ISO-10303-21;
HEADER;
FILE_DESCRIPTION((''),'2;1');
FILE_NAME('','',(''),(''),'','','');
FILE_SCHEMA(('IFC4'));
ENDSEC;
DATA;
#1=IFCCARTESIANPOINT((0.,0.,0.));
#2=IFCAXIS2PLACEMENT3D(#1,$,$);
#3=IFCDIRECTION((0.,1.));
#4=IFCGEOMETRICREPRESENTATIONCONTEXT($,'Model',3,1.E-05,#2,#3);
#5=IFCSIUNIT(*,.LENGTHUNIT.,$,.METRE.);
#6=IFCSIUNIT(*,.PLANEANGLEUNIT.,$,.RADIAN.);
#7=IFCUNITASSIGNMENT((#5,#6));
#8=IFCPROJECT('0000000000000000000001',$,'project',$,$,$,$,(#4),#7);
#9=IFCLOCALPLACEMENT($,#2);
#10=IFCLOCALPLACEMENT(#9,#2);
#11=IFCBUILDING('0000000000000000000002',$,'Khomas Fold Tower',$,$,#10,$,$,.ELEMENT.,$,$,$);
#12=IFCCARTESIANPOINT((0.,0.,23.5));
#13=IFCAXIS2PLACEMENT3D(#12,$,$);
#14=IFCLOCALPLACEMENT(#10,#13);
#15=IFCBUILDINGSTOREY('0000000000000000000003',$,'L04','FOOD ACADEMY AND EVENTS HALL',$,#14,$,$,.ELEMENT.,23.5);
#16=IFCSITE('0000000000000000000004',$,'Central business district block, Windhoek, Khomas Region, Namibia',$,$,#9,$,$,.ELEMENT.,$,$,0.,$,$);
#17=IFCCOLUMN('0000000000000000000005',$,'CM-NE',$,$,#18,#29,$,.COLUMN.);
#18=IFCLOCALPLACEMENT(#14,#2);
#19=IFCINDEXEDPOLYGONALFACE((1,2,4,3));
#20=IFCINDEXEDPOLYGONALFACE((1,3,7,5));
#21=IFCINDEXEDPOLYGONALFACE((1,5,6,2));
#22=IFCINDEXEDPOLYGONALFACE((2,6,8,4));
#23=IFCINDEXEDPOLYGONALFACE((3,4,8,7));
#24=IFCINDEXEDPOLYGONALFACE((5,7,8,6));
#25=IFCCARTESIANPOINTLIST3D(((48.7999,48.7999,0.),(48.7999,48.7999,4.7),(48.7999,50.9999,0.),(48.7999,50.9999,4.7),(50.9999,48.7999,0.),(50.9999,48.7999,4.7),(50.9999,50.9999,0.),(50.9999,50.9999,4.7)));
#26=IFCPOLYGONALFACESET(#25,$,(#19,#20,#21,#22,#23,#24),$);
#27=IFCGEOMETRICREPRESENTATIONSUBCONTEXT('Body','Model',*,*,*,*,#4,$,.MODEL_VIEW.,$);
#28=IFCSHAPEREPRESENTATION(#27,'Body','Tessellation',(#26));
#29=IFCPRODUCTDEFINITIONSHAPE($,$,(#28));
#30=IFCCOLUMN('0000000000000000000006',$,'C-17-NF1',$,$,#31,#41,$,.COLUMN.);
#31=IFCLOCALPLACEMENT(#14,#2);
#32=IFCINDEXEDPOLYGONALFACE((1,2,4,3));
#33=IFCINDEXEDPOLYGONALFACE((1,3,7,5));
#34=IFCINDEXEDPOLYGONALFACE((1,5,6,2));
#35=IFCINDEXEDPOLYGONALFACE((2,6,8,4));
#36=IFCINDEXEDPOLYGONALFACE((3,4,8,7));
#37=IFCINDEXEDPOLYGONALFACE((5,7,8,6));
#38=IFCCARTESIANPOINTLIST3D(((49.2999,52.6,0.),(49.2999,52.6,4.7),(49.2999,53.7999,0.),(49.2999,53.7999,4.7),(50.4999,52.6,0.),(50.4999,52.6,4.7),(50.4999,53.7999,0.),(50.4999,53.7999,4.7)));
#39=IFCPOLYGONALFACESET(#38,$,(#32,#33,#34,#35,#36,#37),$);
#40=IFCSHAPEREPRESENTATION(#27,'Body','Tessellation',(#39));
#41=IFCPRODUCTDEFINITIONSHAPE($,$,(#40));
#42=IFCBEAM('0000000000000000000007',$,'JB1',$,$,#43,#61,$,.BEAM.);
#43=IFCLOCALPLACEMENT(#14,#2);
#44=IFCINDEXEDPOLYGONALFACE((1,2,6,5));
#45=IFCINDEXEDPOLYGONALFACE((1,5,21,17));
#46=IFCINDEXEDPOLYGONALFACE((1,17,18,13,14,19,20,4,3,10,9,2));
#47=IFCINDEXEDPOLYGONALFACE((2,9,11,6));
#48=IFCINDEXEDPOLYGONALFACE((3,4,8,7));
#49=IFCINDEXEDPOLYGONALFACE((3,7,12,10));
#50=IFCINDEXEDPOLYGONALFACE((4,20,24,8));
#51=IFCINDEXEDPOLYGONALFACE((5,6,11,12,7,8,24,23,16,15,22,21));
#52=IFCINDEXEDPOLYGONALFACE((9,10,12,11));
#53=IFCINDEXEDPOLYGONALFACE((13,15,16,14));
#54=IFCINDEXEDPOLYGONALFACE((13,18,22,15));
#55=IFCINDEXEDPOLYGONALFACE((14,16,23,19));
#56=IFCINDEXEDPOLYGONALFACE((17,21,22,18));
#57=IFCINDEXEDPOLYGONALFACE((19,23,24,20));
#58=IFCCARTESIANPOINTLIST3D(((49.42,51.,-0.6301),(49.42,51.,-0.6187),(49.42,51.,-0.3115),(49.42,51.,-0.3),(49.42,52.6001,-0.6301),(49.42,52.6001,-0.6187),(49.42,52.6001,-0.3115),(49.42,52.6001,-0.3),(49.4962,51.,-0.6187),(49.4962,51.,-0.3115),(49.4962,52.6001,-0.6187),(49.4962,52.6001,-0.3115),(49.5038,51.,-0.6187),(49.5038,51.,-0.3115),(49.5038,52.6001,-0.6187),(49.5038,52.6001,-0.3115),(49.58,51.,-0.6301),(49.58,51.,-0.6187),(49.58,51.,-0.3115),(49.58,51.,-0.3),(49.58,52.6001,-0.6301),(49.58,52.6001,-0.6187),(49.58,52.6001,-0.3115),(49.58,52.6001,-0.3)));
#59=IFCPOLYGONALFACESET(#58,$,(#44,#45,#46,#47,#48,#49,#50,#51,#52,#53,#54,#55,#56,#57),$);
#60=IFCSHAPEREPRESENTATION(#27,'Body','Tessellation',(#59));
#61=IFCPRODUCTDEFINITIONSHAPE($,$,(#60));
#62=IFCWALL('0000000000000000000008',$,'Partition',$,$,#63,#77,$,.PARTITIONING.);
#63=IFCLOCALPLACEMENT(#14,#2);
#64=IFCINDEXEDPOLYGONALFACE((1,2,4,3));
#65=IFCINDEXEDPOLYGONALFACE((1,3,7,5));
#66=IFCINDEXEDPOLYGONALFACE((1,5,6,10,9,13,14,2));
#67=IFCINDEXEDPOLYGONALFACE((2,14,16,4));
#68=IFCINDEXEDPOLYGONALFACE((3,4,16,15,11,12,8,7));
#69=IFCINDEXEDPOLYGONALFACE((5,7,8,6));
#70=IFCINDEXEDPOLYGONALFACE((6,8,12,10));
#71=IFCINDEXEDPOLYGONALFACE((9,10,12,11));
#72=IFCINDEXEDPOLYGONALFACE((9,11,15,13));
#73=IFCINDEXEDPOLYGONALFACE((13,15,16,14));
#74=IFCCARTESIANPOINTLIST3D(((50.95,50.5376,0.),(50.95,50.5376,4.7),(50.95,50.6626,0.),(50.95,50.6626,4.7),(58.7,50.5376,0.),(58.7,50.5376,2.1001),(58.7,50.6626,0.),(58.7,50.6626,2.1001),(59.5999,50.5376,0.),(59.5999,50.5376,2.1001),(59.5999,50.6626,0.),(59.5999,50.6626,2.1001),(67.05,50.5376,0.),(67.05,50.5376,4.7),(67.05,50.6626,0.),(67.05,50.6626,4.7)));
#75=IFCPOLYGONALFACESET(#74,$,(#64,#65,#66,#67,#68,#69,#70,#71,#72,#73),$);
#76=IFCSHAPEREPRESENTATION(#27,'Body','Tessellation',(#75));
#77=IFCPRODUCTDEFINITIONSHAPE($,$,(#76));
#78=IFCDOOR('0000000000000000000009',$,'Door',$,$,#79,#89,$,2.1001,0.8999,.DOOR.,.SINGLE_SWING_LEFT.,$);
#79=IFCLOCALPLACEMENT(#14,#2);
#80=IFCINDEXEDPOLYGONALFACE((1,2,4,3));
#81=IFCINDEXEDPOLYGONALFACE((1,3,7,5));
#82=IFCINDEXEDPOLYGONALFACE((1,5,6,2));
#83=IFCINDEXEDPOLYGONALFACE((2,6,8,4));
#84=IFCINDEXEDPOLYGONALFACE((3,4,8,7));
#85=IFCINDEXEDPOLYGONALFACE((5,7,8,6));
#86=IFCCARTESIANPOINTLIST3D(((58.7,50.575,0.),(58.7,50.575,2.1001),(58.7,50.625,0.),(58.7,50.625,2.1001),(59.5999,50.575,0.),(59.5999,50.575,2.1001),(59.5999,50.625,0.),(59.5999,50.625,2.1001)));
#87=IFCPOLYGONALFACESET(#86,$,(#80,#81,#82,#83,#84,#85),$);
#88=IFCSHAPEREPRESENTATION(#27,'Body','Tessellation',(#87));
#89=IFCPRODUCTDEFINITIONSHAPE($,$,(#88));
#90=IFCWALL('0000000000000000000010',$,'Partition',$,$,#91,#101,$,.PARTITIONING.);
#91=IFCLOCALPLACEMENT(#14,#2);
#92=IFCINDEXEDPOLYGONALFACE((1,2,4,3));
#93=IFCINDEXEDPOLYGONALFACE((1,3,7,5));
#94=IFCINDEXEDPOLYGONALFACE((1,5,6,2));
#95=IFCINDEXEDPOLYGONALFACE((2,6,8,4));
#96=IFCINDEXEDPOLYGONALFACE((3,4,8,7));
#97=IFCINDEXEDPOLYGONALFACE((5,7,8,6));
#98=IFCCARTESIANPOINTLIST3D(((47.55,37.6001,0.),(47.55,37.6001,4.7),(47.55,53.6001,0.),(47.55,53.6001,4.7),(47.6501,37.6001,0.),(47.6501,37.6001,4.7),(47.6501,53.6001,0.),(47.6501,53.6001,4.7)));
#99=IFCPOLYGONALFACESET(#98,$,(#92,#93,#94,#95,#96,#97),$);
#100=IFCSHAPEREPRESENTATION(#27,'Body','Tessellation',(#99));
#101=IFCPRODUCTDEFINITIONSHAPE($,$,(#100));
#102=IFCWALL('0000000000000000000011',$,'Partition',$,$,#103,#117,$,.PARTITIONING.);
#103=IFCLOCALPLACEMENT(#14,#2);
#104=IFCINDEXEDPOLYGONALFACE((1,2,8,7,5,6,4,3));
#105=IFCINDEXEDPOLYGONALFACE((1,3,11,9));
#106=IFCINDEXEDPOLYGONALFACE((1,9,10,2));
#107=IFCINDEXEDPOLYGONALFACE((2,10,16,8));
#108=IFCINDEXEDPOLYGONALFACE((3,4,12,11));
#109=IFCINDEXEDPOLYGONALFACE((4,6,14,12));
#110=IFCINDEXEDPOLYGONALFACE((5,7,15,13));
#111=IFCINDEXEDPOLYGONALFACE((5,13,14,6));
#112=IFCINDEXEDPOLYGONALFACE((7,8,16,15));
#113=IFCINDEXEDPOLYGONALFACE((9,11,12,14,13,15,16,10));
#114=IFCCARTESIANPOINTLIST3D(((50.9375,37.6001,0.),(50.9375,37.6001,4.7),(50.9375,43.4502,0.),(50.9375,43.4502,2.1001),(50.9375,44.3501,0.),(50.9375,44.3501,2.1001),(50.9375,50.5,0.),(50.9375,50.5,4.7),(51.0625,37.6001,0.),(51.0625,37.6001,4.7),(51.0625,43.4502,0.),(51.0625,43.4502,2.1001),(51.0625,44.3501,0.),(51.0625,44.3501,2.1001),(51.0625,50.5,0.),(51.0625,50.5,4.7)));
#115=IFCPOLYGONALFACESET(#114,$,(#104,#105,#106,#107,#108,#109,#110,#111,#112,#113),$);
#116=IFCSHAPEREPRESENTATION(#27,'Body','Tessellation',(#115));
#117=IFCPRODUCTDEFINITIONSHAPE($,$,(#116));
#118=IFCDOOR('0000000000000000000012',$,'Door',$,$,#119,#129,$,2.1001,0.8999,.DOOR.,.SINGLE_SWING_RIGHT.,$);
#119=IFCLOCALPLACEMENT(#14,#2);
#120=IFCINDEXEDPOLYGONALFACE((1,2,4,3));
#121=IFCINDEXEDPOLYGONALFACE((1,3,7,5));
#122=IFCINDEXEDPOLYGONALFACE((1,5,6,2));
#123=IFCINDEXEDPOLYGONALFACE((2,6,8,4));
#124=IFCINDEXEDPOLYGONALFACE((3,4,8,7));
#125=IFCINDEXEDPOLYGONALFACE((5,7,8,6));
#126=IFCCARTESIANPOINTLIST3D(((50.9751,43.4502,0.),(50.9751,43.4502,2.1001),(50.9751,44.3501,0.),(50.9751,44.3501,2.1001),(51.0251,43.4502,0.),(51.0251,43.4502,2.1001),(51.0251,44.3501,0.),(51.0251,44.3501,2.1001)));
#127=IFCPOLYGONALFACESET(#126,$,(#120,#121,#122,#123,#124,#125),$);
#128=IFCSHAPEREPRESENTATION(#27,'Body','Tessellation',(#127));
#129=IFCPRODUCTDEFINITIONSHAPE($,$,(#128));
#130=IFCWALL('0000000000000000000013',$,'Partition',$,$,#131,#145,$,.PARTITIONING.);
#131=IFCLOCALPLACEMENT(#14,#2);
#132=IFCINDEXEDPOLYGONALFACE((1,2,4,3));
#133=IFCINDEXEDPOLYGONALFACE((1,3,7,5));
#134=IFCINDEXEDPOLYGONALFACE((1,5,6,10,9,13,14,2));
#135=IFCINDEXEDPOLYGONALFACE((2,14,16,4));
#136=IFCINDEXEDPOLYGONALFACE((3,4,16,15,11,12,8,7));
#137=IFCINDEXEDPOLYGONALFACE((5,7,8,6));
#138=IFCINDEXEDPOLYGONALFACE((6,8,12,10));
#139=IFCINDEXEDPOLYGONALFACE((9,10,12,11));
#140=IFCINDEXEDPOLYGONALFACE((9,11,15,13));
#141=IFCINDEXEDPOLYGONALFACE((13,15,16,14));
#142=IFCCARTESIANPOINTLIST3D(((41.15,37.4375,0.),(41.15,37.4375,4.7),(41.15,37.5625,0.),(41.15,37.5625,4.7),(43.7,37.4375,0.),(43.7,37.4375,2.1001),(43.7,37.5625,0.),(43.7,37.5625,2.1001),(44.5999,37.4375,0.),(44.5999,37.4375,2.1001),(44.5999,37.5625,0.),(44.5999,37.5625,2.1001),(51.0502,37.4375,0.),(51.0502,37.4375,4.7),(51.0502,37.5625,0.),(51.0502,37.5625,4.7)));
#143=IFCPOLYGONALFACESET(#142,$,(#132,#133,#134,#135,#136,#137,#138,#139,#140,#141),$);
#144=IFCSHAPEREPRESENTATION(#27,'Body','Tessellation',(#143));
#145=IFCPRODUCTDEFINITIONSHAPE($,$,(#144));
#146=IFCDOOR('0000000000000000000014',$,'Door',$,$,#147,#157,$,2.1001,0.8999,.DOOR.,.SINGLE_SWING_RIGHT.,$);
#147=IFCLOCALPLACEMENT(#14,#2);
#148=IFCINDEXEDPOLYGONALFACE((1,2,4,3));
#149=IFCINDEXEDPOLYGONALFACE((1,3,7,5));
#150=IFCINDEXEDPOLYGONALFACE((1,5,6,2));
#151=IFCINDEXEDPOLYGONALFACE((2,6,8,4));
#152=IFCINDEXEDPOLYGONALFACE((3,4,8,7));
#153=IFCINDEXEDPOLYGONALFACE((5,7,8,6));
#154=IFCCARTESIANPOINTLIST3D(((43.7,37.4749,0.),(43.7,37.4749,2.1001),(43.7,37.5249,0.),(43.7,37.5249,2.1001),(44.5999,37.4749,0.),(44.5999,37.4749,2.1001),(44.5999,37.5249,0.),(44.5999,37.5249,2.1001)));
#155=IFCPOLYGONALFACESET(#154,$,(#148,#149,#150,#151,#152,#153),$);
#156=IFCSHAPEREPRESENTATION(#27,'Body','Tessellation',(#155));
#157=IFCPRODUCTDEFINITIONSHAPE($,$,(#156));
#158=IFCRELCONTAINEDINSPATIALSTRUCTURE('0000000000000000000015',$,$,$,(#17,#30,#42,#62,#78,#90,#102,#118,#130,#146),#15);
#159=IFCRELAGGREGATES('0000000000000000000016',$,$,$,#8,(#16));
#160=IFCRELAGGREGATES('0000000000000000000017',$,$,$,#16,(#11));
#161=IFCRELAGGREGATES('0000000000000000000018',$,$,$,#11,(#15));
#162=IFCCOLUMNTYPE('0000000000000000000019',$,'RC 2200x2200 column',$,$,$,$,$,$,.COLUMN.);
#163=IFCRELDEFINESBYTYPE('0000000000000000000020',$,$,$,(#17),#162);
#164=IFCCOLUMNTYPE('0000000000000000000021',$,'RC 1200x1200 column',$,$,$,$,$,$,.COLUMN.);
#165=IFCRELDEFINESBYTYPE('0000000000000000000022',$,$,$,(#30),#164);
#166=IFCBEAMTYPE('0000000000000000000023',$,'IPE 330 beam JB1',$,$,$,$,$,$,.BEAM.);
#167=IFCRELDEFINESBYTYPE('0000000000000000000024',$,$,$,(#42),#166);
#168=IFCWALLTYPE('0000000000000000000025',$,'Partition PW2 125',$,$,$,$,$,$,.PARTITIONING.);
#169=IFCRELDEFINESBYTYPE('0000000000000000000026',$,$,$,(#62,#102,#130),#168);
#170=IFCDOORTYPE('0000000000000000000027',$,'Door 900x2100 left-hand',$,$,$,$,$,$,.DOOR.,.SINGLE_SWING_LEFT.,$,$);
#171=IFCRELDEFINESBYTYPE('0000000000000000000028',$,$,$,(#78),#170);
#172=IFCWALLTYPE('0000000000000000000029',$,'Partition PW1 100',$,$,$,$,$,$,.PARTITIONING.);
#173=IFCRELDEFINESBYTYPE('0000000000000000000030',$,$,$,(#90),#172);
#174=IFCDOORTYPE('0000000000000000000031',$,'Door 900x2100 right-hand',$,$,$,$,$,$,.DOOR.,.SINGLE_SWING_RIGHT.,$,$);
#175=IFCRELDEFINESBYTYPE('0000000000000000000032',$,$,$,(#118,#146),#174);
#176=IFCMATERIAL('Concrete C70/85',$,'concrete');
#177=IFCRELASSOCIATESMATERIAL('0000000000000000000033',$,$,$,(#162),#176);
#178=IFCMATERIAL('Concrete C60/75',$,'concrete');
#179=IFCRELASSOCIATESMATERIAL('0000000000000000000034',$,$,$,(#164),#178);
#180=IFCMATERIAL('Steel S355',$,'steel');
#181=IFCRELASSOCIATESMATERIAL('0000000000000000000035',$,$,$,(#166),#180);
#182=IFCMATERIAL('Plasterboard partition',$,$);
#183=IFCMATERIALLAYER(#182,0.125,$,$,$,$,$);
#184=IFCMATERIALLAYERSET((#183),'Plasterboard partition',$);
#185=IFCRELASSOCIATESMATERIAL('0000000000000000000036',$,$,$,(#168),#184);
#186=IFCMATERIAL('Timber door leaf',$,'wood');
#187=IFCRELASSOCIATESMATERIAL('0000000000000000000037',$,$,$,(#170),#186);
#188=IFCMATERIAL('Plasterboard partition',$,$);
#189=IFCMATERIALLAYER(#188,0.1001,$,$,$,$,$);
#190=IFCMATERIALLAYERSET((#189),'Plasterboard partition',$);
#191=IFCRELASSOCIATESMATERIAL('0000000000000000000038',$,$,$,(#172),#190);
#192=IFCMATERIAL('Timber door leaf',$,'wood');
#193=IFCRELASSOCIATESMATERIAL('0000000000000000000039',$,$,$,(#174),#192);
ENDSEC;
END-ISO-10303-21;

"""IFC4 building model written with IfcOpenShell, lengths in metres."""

from ifc_helpers import new_model, si_unit, direction, frame, frame_2d, origin, origin_2d, place, context, subcontext, project, spatial, rectangle, i_section, extrude, source, transform, mapped, material, layer, layer_set, material_profile, profile_set, type_object, element, fill, save


model = new_model("IFC4")

# Units and contexts
model_context = context("Model", 3, precision=1e-05, world=origin(), true_north=direction((0.0, 1.0)))
body_context = subcontext(model_context, "Body", "Model", "MODEL_VIEW")
ifc_project = project(units=[si_unit("LENGTHUNIT", "METRE"), si_unit("PLANEANGLEUNIT", "RADIAN")], contexts=[model_context])

# Site, building, storey
site_placement = place(None, origin())
site = spatial("IfcSite", under=ifc_project, at=site_placement, Name="Central business district block, Windhoek, Khomas Region, Namibia", CompositionType="ELEMENT", RefElevation=0.0)
building_placement = place(site_placement, origin())
building = spatial("IfcBuilding", under=site, at=building_placement, Name="Khomas Fold Tower", CompositionType="ELEMENT")
storey_placement = place(building_placement, frame((0.0, 0.0, 23.5)))
storey = spatial("IfcBuildingStorey", under=building, at=storey_placement, Name="L04", Description="FOOD ACADEMY AND EVENTS HALL", CompositionType="ELEMENT", Elevation=23.5)

# Columns
ifc_material_1 = material(Name="Concrete C70/85", Category="concrete")
ifc_material_profile_1 = material_profile(ifc_material_1, rectangle(XDim=2.2, YDim=2.2, at=origin_2d()), Name="RC 2200x2200")
ifc_profile_set_1 = profile_set([ifc_material_profile_1], Name="Concrete C70/85")
column_type_1 = type_object("IfcColumnType", Name="RC 2200x2200 column", PredefinedType="COLUMN", material=ifc_profile_set_1)
shared_shape_1 = source(origin(), body_context, "Body", "SweptSolid", [
    extrude(rectangle(XDim=2.2, YDim=2.2, at=origin_2d()), origin(), (0.0, 0.0, 1.0), 4.7),
])
column_1_placement = place(storey_placement, frame((49.8999, 49.8999, 0.0), z_axis=(0.0, 0.0, 1.0), x_axis=(1.0, 0.0, 0.0)))
element("IfcColumn", 1, at=column_1_placement, inside=storey, type_object=column_type_1, Name="CM-NE", PredefinedType="COLUMN", context=body_context, shape_type="MappedRepresentation", body=[
    mapped(shared_shape_1, transform((0.0, 0.0, 0.0))),
])
ifc_material_2 = material(Name="Concrete C60/75", Category="concrete")
ifc_material_profile_2 = material_profile(ifc_material_2, rectangle(XDim=1.2, YDim=1.2, at=origin_2d()), Name="RC 1200x1200")
ifc_profile_set_2 = profile_set([ifc_material_profile_2], Name="Concrete C60/75")
column_type_2 = type_object("IfcColumnType", Name="RC 1200x1200 column", PredefinedType="COLUMN", material=ifc_profile_set_2)
shared_shape_2 = source(origin(), body_context, "Body", "SweptSolid", [
    extrude(rectangle(XDim=1.2, YDim=1.2, at=origin_2d()), origin(), (0.0, 0.0, 1.0), 4.7),
])
column_2_placement = place(storey_placement, frame((49.8999, 53.2, 0.0), z_axis=(0.0, 0.0, 1.0), x_axis=(1.0, 0.0, 0.0)))
element("IfcColumn", 2, at=column_2_placement, inside=storey, type_object=column_type_2, Name="C-17-NF1", PredefinedType="COLUMN", context=body_context, shape_type="MappedRepresentation", body=[
    mapped(shared_shape_2, transform((0.0, 0.0, 0.0))),
])

# Beam
ifc_material_3 = material(Name="Steel S355", Category="steel")
ifc_material_profile_3 = material_profile(ifc_material_3, i_section(OverallWidth=0.1599, OverallDepth=0.3301, WebThickness=0.0076, FlangeThickness=0.0115, at=origin_2d()), Name="IPE 330")
ifc_profile_set_3 = profile_set([ifc_material_profile_3], Name="Steel S355")
beam_type = type_object("IfcBeamType", Name="IPE 330 beam JB1", PredefinedType="BEAM", material=ifc_profile_set_3)
shared_shape_3 = source(origin(), body_context, "Body", "SweptSolid", [
    extrude(i_section(OverallWidth=0.1599, OverallDepth=0.3301, WebThickness=0.0076, FlangeThickness=0.0115, at=origin_2d()), origin(), (0.0, 0.0, 1.0), 1.6001),
])
beam_placement = place(storey_placement, frame((49.5, 51.0, -0.4651), z_axis=(0.0, 1.0, 0.0), x_axis=(-1.0, 0.0, 0.0)))
element("IfcBeam", 3, at=beam_placement, inside=storey, type_object=beam_type, Name="JB1", PredefinedType="BEAM", context=body_context, shape_type="MappedRepresentation", body=[
    mapped(shared_shape_3, transform((0.0, 0.0, 0.0))),
])

# Wall, opening, door
ifc_material_4 = material(Name="Plasterboard partition")
ifc_layer_1 = layer(ifc_material_4, 0.125)
ifc_layer_set_1 = layer_set([ifc_layer_1], Name="Plasterboard partition")
wall_type_1 = type_object("IfcWallType", Name="Partition PW2 125", PredefinedType="PARTITIONING", material=ifc_layer_set_1)
shared_shape_4 = source(origin(), body_context, "Body", "SweptSolid", [
    extrude(rectangle(XDim=16.1001, YDim=0.125, at=frame_2d((8.05, 0.0))), origin(), (0.0, 0.0, 1.0), 4.7),
])
wall_1_placement = place(storey_placement, frame((50.95, 50.6001, 0.0), z_axis=(0.0, 0.0, 1.0), x_axis=(1.0, 0.0, 0.0)))
wall_1 = element("IfcWall", 4, at=wall_1_placement, inside=storey, type_object=wall_type_1, Name="Partition", PredefinedType="PARTITIONING", context=body_context, shape_type="MappedRepresentation", body=[
    mapped(shared_shape_4, transform((0.0, 0.0, 0.0))),
])
shared_shape_5 = source(origin(), body_context, "Body", "SweptSolid", [
    extrude(rectangle(XDim=0.8999, YDim=2.1001, at=frame_2d((0.45, 1.05))), frame((0.0, 0.0725, 0.0), z_axis=(0.0, -1.0, 0.0), x_axis=(1.0, 0.0, 0.0)), (0.0, 0.0, 1.0), 0.145),
])
opening_1_placement = place(wall_1_placement, frame((7.75, 0.0, 0.0)))
opening_1 = element("IfcOpeningElement", 5, at=opening_1_placement, cuts=wall_1, PredefinedType="OPENING", context=body_context, shape_type="MappedRepresentation", body=[
    mapped(shared_shape_5, transform((0.0, 0.0, 0.0))),
])
ifc_material_5 = material(Name="Timber door leaf", Category="wood")
door_type_1 = type_object("IfcDoorType", Name="Door 900x2100 left-hand", OperationType="SINGLE_SWING_LEFT", PredefinedType="DOOR", material=ifc_material_5)
shared_shape_6 = source(origin(), body_context, "Body", "SweptSolid", [
    extrude(rectangle(XDim=0.8999, YDim=2.1001, at=frame_2d((0.45, 1.05))), frame((0.0, 0.0249, 0.0), z_axis=(0.0, -1.0, 0.0), x_axis=(1.0, 0.0, 0.0)), (0.0, 0.0, 1.0), 0.05),
])
door_1_placement = place(opening_1_placement, origin())
door_1 = element("IfcDoor", 6, at=door_1_placement, inside=storey, type_object=door_type_1, Name="Door", OperationType="SINGLE_SWING_LEFT", OverallHeight=2.1001, OverallWidth=0.8999, PredefinedType="DOOR", context=body_context, shape_type="MappedRepresentation", body=[
    mapped(shared_shape_6, transform((0.0, 0.0, 0.0))),
])
fill(opening_1, door_1)

# Wall
ifc_material_6 = material(Name="Plasterboard partition")
ifc_layer_2 = layer(ifc_material_6, 0.1001)
ifc_layer_set_2 = layer_set([ifc_layer_2], Name="Plasterboard partition")
wall_type_2 = type_object("IfcWallType", Name="Partition PW1 100", PredefinedType="PARTITIONING", material=ifc_layer_set_2)
shared_shape_7 = source(origin(), body_context, "Body", "SweptSolid", [
    extrude(rectangle(XDim=16.0, YDim=0.1001, at=frame_2d((8.0, 0.0))), origin(), (0.0, 0.0, 1.0), 4.7),
])
wall_2_placement = place(storey_placement, frame((47.6001, 37.6001, 0.0), z_axis=(0.0, 0.0, 1.0), x_axis=(0.0, 1.0, 0.0)))
element("IfcWall", 7, at=wall_2_placement, inside=storey, type_object=wall_type_2, Name="Partition", PredefinedType="PARTITIONING", context=body_context, shape_type="MappedRepresentation", body=[
    mapped(shared_shape_7, transform((0.0, 0.0, 0.0))),
])

# Walls, openings, doors
shared_shape_8 = source(origin(), body_context, "Body", "SweptSolid", [
    extrude(rectangle(XDim=12.8999, YDim=0.125, at=frame_2d((6.45, 0.0))), origin(), (0.0, 0.0, 1.0), 4.7),
])
wall_3_placement = place(storey_placement, frame((51.0, 37.6001, 0.0), z_axis=(0.0, 0.0, 1.0), x_axis=(0.0, 1.0, 0.0)))
wall_3 = element("IfcWall", 8, at=wall_3_placement, inside=storey, type_object=wall_type_1, Name="Partition", PredefinedType="PARTITIONING", context=body_context, shape_type="MappedRepresentation", body=[
    mapped(shared_shape_8, transform((0.0, 0.0, 0.0))),
])
opening_2_placement = place(wall_3_placement, frame((5.8501, 0.0, 0.0)))
opening_2 = element("IfcOpeningElement", 9, at=opening_2_placement, cuts=wall_3, PredefinedType="OPENING", context=body_context, shape_type="MappedRepresentation", body=[
    mapped(shared_shape_5, transform((0.0, 0.0, 0.0))),
])
ifc_material_7 = material(Name="Timber door leaf", Category="wood")
door_type_2 = type_object("IfcDoorType", Name="Door 900x2100 right-hand", OperationType="SINGLE_SWING_RIGHT", PredefinedType="DOOR", material=ifc_material_7)
door_2_placement = place(opening_2_placement, origin())
door_2 = element("IfcDoor", 10, at=door_2_placement, inside=storey, type_object=door_type_2, Name="Door", OperationType="SINGLE_SWING_RIGHT", OverallHeight=2.1001, OverallWidth=0.8999, PredefinedType="DOOR", context=body_context, shape_type="MappedRepresentation", body=[
    mapped(shared_shape_6, transform((0.0, 0.0, 0.0))),
])
fill(opening_2, door_2)
shared_shape_9 = source(origin(), body_context, "Body", "SweptSolid", [
    extrude(rectangle(XDim=9.9001, YDim=0.125, at=frame_2d((4.9502, 0.0))), origin(), (0.0, 0.0, 1.0), 4.7),
])
wall_4_placement = place(storey_placement, frame((41.1499, 37.5, 0.0), z_axis=(0.0, 0.0, 1.0), x_axis=(1.0, 0.0, 0.0)))
wall_4 = element("IfcWall", 11, at=wall_4_placement, inside=storey, type_object=wall_type_1, Name="Partition", PredefinedType="PARTITIONING", context=body_context, shape_type="MappedRepresentation", body=[
    mapped(shared_shape_9, transform((0.0, 0.0, 0.0))),
])
opening_3_placement = place(wall_4_placement, frame((2.55, 0.0, 0.0)))
opening_3 = element("IfcOpeningElement", 12, at=opening_3_placement, cuts=wall_4, PredefinedType="OPENING", context=body_context, shape_type="MappedRepresentation", body=[
    mapped(shared_shape_5, transform((0.0, 0.0, 0.0))),
])
door_3_placement = place(opening_3_placement, origin())
door_3 = element("IfcDoor", 13, at=door_3_placement, inside=storey, type_object=door_type_2, Name="Door", OperationType="SINGLE_SWING_RIGHT", OverallHeight=2.1001, OverallWidth=0.8999, PredefinedType="DOOR", context=body_context, shape_type="MappedRepresentation", body=[
    mapped(shared_shape_6, transform((0.0, 0.0, 0.0))),
])
fill(opening_3, door_3)

save(model, "model.ifc")
